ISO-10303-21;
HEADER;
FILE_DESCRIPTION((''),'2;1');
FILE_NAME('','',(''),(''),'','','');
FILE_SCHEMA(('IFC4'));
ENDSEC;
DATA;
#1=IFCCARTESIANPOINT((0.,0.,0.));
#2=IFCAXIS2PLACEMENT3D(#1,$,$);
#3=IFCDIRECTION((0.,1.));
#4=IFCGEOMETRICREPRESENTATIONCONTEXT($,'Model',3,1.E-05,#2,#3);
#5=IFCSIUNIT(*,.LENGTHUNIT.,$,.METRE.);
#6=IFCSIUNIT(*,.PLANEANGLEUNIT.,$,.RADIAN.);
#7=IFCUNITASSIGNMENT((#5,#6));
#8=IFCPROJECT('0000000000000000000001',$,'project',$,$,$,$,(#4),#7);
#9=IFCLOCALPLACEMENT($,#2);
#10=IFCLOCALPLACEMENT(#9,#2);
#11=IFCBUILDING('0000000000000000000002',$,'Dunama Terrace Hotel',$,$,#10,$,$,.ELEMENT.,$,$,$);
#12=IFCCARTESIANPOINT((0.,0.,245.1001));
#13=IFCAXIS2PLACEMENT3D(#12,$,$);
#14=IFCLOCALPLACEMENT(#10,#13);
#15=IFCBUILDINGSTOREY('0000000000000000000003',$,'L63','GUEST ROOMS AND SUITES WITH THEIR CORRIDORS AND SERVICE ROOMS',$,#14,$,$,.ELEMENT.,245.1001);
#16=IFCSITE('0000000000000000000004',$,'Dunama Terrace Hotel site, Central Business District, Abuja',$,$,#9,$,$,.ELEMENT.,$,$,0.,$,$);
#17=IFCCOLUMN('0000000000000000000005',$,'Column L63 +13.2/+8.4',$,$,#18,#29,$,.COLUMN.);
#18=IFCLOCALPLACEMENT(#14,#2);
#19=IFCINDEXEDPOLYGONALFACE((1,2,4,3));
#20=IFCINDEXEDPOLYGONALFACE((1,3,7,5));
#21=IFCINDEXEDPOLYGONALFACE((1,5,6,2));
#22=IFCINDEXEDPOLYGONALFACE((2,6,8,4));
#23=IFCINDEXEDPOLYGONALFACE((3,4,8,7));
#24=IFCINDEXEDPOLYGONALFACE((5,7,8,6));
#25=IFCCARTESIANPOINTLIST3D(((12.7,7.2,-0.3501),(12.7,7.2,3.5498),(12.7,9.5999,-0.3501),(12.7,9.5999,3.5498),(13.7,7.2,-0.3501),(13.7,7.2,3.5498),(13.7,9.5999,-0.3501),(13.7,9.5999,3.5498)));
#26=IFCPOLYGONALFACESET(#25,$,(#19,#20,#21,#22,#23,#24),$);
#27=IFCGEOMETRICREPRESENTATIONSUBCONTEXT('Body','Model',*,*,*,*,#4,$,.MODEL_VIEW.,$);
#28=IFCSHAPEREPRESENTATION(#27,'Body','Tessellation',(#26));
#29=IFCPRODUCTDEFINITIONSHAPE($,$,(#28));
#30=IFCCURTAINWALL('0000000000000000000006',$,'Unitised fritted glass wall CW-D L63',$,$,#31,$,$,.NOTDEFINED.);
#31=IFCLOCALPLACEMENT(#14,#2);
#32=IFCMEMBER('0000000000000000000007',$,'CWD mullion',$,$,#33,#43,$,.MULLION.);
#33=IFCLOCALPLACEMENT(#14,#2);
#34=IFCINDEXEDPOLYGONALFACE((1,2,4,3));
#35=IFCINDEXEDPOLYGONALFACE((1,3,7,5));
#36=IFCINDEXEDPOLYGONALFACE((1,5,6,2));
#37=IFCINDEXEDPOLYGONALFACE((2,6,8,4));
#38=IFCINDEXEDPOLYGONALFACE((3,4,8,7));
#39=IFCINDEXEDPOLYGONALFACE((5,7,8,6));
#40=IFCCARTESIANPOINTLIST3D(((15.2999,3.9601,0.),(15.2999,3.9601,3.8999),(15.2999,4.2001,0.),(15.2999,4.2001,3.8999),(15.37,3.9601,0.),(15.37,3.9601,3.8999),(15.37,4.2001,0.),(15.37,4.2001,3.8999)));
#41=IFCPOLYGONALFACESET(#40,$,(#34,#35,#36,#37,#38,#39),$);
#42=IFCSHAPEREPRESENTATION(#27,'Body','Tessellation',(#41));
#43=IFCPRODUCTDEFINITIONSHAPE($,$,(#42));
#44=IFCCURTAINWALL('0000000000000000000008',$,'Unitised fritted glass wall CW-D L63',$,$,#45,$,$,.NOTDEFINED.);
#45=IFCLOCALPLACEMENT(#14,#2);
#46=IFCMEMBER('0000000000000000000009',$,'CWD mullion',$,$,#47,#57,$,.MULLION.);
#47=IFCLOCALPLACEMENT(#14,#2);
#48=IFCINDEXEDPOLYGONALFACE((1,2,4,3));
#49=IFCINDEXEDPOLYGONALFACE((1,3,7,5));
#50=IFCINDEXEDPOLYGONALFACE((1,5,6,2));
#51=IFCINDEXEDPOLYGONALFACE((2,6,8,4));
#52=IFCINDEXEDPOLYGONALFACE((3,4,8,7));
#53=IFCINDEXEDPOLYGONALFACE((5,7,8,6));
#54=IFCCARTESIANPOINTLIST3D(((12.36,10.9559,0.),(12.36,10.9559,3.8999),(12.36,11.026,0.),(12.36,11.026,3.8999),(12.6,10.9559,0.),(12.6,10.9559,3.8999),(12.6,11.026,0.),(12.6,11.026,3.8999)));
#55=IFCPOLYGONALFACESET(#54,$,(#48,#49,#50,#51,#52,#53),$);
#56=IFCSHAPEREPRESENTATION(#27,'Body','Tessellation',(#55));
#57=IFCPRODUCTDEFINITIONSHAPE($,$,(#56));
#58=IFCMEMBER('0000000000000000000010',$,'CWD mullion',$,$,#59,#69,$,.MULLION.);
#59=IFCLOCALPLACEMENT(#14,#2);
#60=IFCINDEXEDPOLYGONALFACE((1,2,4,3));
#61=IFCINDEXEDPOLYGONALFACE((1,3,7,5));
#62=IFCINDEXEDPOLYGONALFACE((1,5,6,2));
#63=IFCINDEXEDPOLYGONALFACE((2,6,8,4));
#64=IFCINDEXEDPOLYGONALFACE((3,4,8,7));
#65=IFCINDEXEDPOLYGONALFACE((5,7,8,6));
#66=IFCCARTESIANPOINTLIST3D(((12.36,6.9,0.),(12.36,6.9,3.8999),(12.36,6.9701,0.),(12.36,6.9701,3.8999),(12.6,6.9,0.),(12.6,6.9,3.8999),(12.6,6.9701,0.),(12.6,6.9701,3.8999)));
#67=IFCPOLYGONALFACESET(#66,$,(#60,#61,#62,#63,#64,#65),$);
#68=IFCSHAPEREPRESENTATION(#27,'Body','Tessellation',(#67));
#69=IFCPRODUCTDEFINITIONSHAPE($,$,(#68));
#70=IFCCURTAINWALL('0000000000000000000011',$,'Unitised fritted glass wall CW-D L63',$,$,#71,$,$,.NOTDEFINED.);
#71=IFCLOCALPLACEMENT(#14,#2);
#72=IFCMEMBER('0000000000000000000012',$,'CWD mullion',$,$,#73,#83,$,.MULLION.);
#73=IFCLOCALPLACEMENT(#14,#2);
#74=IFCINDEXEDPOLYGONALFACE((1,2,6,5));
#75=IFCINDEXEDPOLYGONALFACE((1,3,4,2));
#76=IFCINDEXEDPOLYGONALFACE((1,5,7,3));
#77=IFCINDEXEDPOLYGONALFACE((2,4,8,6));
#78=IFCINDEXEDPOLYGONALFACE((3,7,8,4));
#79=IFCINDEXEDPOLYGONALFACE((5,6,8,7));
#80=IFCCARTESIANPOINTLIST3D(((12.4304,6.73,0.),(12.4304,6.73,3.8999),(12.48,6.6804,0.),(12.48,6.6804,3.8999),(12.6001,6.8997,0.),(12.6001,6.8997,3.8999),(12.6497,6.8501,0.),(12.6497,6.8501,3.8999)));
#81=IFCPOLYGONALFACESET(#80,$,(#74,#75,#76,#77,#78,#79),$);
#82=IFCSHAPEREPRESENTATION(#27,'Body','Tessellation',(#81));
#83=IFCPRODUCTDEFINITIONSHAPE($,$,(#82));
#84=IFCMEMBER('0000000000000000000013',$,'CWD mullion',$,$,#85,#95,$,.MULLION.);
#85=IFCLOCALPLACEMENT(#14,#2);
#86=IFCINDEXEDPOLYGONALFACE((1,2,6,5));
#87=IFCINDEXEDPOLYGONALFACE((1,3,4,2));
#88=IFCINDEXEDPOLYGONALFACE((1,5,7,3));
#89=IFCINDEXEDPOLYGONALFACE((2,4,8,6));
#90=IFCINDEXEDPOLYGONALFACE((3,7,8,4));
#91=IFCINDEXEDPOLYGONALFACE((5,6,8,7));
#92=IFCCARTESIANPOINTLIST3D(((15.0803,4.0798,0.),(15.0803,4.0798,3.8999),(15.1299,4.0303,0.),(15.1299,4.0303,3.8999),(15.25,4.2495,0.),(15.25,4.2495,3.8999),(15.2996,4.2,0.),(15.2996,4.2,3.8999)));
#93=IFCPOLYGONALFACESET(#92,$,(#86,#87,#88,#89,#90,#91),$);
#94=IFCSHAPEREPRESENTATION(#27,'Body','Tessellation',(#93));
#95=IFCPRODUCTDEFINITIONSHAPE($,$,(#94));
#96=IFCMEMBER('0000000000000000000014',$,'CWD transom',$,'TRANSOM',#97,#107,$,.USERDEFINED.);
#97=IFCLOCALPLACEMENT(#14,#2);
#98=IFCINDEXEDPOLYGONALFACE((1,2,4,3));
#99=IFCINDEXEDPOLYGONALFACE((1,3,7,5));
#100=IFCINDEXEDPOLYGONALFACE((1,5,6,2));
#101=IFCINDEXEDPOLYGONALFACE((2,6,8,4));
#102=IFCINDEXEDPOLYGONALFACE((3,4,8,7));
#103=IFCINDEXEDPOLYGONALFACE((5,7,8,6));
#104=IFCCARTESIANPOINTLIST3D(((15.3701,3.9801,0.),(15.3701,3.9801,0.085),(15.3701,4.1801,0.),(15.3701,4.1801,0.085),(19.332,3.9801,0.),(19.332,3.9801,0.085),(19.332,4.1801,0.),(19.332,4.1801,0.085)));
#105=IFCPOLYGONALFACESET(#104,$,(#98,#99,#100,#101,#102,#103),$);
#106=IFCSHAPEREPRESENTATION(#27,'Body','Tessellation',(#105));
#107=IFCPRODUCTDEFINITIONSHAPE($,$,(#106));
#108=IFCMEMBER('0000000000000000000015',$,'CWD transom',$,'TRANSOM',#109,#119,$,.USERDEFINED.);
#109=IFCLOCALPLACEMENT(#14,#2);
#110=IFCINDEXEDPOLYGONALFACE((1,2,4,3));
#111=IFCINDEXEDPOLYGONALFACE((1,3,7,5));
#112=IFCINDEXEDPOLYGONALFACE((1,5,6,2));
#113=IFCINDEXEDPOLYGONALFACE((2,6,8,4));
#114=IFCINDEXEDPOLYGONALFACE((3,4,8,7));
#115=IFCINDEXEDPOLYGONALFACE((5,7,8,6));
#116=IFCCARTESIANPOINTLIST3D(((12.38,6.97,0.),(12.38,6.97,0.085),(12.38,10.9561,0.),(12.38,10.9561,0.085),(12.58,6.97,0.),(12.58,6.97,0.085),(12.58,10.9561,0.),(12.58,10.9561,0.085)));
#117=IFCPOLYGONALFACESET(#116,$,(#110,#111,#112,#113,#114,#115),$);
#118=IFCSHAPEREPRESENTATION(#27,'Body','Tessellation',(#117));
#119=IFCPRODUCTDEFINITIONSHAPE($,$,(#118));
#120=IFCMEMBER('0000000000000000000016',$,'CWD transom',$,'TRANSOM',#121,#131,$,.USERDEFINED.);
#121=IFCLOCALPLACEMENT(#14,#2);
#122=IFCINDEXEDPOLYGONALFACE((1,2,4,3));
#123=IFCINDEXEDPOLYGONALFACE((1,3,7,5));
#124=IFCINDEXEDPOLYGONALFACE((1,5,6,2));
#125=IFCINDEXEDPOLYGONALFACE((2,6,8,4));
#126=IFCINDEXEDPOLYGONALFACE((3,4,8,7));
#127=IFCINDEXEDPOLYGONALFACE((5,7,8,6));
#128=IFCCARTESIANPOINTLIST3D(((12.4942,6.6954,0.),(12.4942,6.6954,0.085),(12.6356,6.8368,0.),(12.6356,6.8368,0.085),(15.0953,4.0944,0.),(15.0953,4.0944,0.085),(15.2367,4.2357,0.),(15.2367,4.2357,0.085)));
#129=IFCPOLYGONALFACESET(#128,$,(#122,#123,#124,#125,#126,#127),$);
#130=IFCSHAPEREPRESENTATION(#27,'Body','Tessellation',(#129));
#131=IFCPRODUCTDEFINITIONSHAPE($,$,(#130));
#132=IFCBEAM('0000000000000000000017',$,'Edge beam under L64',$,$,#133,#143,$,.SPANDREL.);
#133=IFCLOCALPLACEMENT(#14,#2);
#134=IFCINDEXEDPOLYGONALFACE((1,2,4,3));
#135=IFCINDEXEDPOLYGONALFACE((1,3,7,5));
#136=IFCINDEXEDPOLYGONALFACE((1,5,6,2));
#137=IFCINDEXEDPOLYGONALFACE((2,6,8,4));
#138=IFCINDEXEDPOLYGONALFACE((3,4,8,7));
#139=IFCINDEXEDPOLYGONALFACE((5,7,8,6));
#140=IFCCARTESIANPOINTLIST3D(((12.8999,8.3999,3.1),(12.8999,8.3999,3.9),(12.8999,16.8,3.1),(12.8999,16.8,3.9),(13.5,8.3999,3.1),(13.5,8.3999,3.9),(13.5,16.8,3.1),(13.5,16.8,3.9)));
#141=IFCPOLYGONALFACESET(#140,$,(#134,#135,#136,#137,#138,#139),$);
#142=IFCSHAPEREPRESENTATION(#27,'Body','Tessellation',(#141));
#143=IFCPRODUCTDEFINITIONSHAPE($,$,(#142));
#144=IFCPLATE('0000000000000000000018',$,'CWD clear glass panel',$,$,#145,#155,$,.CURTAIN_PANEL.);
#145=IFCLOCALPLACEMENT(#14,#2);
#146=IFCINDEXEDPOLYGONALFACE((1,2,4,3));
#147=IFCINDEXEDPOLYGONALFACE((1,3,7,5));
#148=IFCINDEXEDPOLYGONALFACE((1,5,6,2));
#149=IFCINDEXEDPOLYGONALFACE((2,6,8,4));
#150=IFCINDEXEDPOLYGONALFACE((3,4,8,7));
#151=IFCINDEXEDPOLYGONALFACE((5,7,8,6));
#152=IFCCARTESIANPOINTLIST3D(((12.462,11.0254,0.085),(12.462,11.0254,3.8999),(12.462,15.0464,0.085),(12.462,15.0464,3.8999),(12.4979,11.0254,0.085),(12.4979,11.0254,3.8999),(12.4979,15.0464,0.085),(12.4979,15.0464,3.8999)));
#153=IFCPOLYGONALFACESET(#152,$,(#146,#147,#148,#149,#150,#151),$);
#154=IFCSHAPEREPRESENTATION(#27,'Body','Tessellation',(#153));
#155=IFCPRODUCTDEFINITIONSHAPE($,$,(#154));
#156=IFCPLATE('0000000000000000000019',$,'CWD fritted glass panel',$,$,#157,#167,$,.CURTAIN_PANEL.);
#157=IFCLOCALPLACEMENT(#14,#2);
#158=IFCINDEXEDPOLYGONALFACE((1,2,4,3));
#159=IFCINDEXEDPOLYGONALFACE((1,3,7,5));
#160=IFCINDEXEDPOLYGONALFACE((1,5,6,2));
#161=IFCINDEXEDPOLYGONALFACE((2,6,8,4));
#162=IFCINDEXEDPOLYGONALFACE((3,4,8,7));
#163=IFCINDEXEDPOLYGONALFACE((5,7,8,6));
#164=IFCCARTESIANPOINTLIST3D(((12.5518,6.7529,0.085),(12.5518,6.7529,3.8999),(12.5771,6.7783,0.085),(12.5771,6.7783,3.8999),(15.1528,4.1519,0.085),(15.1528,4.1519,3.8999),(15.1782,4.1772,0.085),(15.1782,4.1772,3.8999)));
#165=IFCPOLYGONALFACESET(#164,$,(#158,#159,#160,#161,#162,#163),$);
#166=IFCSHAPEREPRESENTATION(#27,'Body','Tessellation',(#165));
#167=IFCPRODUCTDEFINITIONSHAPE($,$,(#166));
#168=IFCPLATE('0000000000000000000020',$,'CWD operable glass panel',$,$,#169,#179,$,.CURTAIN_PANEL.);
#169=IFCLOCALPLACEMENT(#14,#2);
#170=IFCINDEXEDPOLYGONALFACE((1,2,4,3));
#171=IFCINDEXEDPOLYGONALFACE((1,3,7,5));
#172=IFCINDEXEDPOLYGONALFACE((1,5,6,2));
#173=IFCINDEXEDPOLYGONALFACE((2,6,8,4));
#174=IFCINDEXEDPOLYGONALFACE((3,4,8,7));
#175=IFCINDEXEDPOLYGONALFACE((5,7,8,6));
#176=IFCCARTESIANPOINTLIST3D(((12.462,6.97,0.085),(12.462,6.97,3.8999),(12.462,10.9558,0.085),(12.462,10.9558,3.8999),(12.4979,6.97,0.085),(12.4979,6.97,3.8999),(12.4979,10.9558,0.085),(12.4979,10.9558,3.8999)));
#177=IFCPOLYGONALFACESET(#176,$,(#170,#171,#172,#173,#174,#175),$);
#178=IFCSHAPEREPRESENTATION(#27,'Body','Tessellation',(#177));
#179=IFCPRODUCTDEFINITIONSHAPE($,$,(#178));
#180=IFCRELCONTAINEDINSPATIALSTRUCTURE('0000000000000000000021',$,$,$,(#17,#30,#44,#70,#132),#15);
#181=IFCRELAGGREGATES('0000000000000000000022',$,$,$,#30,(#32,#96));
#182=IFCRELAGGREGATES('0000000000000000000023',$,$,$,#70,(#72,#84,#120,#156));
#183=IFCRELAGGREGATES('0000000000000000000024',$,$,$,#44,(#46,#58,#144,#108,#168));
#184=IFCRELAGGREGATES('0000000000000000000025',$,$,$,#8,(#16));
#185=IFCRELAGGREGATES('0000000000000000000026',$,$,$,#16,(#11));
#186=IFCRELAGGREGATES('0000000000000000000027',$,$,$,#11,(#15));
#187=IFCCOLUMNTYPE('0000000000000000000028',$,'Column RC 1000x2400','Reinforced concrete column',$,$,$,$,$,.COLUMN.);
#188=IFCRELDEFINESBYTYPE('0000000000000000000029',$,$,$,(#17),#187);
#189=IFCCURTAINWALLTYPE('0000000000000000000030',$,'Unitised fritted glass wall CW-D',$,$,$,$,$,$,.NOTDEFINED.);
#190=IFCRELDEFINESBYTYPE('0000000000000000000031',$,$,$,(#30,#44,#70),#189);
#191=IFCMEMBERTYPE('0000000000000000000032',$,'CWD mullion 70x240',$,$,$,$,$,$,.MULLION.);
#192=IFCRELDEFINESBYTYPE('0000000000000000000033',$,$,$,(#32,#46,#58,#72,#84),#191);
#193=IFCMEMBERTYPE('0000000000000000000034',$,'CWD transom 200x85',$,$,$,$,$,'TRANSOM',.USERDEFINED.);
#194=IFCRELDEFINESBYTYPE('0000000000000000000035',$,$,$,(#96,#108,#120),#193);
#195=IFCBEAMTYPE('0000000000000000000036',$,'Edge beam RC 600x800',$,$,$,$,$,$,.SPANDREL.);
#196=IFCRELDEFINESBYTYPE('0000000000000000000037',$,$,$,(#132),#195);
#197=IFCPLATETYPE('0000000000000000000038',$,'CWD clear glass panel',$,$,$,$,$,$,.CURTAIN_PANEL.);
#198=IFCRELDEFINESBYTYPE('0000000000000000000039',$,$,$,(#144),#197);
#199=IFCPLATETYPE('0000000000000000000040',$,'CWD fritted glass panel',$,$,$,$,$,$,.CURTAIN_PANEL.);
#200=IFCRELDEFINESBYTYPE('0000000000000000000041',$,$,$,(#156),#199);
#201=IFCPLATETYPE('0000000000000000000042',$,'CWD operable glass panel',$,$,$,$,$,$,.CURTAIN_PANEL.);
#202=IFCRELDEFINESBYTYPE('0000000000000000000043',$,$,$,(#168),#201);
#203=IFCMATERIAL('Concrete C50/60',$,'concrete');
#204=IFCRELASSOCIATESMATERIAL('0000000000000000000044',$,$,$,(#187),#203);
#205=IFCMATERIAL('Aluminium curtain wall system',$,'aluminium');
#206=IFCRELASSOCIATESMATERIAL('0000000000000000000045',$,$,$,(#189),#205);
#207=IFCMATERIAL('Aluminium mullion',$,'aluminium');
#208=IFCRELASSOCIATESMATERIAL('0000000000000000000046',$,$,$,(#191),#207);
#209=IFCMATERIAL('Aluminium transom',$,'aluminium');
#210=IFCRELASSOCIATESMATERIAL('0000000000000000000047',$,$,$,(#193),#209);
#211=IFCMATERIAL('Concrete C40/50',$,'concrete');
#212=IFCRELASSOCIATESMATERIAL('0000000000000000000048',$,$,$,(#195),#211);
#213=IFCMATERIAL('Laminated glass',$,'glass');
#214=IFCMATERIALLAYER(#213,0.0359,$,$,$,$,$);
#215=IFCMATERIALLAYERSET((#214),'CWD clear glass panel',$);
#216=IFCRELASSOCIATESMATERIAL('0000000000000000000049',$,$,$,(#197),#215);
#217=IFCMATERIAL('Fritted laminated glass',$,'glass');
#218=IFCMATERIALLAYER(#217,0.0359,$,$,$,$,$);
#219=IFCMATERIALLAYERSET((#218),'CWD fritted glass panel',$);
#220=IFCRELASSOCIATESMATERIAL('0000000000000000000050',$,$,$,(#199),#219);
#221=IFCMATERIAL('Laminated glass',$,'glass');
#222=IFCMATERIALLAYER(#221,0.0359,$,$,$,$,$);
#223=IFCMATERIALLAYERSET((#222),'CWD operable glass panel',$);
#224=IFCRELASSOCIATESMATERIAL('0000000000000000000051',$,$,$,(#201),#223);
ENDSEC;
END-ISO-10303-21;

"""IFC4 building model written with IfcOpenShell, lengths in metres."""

from ifc_helpers import new_model, si_unit, direction, frame, origin, origin_2d, place, context, subcontext, project, spatial, rectangle, extrude, material, layer, layer_set, material_profile, profile_set, type_object, element, aggregate, save


model = new_model("IFC4")

# Units and contexts
model_context = context("Model", 3, precision=1e-05, world=origin(), true_north=direction((0.0, 1.0)))
body_context = subcontext(model_context, "Body", "Model", "MODEL_VIEW")
ifc_project = project(units=[si_unit("LENGTHUNIT", "METRE"), si_unit("PLANEANGLEUNIT", "RADIAN")], contexts=[model_context])

# Site, building, storey
site_placement = place(None, origin())
site = spatial("IfcSite", under=ifc_project, at=site_placement, Name="Dunama Terrace Hotel site, Central Business District, Abuja", CompositionType="ELEMENT", RefElevation=0.0)
building_placement = place(site_placement, origin())
building = spatial("IfcBuilding", under=site, at=building_placement, Name="Dunama Terrace Hotel", CompositionType="ELEMENT")
storey_placement = place(building_placement, frame((0.0, 0.0, 245.1001)))
storey = spatial("IfcBuildingStorey", under=building, at=storey_placement, Name="L63", Description="GUEST ROOMS AND SUITES WITH THEIR CORRIDORS AND SERVICE ROOMS", CompositionType="ELEMENT", Elevation=245.1001)

# Column
ifc_material_1 = material(Name="Concrete C50/60", Category="concrete")
ifc_material_profile_1 = material_profile(ifc_material_1, rectangle(XDim=1.0, YDim=2.3999, at=origin_2d()), Name="RC 1000x2400")
ifc_profile_set_1 = profile_set([ifc_material_profile_1], Name="Concrete C50/60")
column_type = type_object("IfcColumnType", Name="Column RC 1000x2400", Description="Reinforced concrete column", PredefinedType="COLUMN", material=ifc_profile_set_1)
column_placement = place(storey_placement, frame((13.2, 8.3999, -0.3501), z_axis=(0.0, 0.0, 1.0), x_axis=(1.0, 0.0, 0.0)))
element("IfcColumn", 1, at=column_placement, inside=storey, type_object=column_type, Name="Column L63 +13.2/+8.4", PredefinedType="COLUMN", context=body_context, shape_type="SweptSolid", body=[
    extrude(rectangle(XDim=1.0, YDim=2.3999, at=origin_2d()), origin(), (0.0, 0.0, 1.0), 3.8999),
])

# Curtain wall, member
ifc_material_2 = material(Name="Aluminium curtain wall system", Category="aluminium")
curtain_wall_type = type_object("IfcCurtainWallType", Name="Unitised fritted glass wall CW-D", PredefinedType="NOTDEFINED", material=ifc_material_2)
curtain_wall_1_placement = place(storey_placement, origin())
curtain_wall_1 = element("IfcCurtainWall", 2, at=curtain_wall_1_placement, inside=storey, type_object=curtain_wall_type, Name="Unitised fritted glass wall CW-D L63", PredefinedType="NOTDEFINED")
ifc_material_3 = material(Name="Aluminium mullion", Category="aluminium")
ifc_material_profile_2 = material_profile(ifc_material_3, rectangle(XDim=0.0701, YDim=0.24, at=origin_2d()), Name="CWD MULLION 70X240")
ifc_profile_set_2 = profile_set([ifc_material_profile_2], Name="Aluminium mullion")
member_type_1 = type_object("IfcMemberType", Name="CWD mullion 70x240", PredefinedType="MULLION", material=ifc_profile_set_2)
member_1_placement = place(storey_placement, frame((15.335, 4.0801, 0.0), z_axis=(0.0, 0.0, 1.0), x_axis=(1.0, 0.0, 0.0)))
member_1 = element("IfcMember", 3, at=member_1_placement, type_object=member_type_1, Name="CWD mullion", PredefinedType="MULLION", context=body_context, shape_type="SweptSolid", body=[
    extrude(rectangle(XDim=0.0701, YDim=0.24, at=origin_2d()), origin(), (0.0, 0.0, 1.0), 3.8999),
])

# Curtain walls, members
curtain_wall_2_placement = place(storey_placement, origin())
curtain_wall_2 = element("IfcCurtainWall", 4, at=curtain_wall_2_placement, inside=storey, type_object=curtain_wall_type, Name="Unitised fritted glass wall CW-D L63", PredefinedType="NOTDEFINED")
member_2_placement = place(storey_placement, frame((12.48, 10.991, 0.0), z_axis=(0.0, 0.0, 1.0), x_axis=(0.0, -1.0, 0.0)))
member_2 = element("IfcMember", 5, at=member_2_placement, type_object=member_type_1, Name="CWD mullion", PredefinedType="MULLION", context=body_context, shape_type="SweptSolid", body=[
    extrude(rectangle(XDim=0.0701, YDim=0.24, at=origin_2d()), origin(), (0.0, 0.0, 1.0), 3.8999),
])
member_3_placement = place(storey_placement, frame((12.48, 6.9351, 0.0), z_axis=(0.0, 0.0, 1.0), x_axis=(0.0, -1.0, 0.0)))
member_3 = element("IfcMember", 6, at=member_3_placement, type_object=member_type_1, Name="CWD mullion", PredefinedType="MULLION", context=body_context, shape_type="SweptSolid", body=[
    extrude(rectangle(XDim=0.0701, YDim=0.24, at=origin_2d()), origin(), (0.0, 0.0, 1.0), 3.8999),
])
curtain_wall_3_placement = place(storey_placement, origin())
curtain_wall_3 = element("IfcCurtainWall", 7, at=curtain_wall_3_placement, inside=storey, type_object=curtain_wall_type, Name="Unitised fritted glass wall CW-D L63", PredefinedType="NOTDEFINED")
member_4_placement = place(storey_placement, frame((12.54, 6.79, 0.0), z_axis=(0.0, 0.0, 1.0), x_axis=(0.707107, -0.707107, 0.0)))
member_4 = element("IfcMember", 8, at=member_4_placement, type_object=member_type_1, Name="CWD mullion", PredefinedType="MULLION", context=body_context, shape_type="SweptSolid", body=[
    extrude(rectangle(XDim=0.0701, YDim=0.24, at=origin_2d()), origin(), (0.0, 0.0, 1.0), 3.8999),
])
member_5_placement = place(storey_placement, frame((15.1899, 4.1399, 0.0), z_axis=(0.0, 0.0, 1.0), x_axis=(0.707107, -0.707107, 0.0)))
member_5 = element("IfcMember", 9, at=member_5_placement, type_object=member_type_1, Name="CWD mullion", PredefinedType="MULLION", context=body_context, shape_type="SweptSolid", body=[
    extrude(rectangle(XDim=0.0701, YDim=0.24, at=origin_2d()), origin(), (0.0, 0.0, 1.0), 3.8999),
])

# Members
ifc_material_4 = material(Name="Aluminium transom", Category="aluminium")
ifc_material_profile_3 = material_profile(ifc_material_4, rectangle(XDim=0.2, YDim=0.085, at=origin_2d()), Name="CWD TRANSOM 200X85")
ifc_profile_set_3 = profile_set([ifc_material_profile_3], Name="Aluminium transom")
member_type_2 = type_object("IfcMemberType", Name="CWD transom 200x85", ElementType="TRANSOM", PredefinedType="USERDEFINED", material=ifc_profile_set_3)
member_6_placement = place(storey_placement, frame((15.3701, 4.0801, 0.0425), z_axis=(1.0, 0.0, 0.0), x_axis=(0.0, 1.0, 0.0)))
member_6 = element("IfcMember", 10, at=member_6_placement, type_object=member_type_2, Name="CWD transom", ObjectType="TRANSOM", PredefinedType="USERDEFINED", context=body_context, shape_type="SweptSolid", body=[
    extrude(rectangle(XDim=0.2, YDim=0.085, at=origin_2d()), origin(), (0.0, 0.0, 1.0), 3.9619),
])
aggregate(curtain_wall_1, [member_1, member_6])
member_7_placement = place(storey_placement, frame((12.48, 10.9561, 0.0425), z_axis=(0.0, -1.0, 0.0), x_axis=(1.0, 0.0, 0.0)))
member_7 = element("IfcMember", 11, at=member_7_placement, type_object=member_type_2, Name="CWD transom", ObjectType="TRANSOM", PredefinedType="USERDEFINED", context=body_context, shape_type="SweptSolid", body=[
    extrude(rectangle(XDim=0.2, YDim=0.085, at=origin_2d()), origin(), (0.0, 0.0, 1.0), 3.9861),
])
member_8_placement = place(storey_placement, frame((12.5649, 6.7661, 0.0425), z_axis=(0.707107, -0.707107, 0.0), x_axis=(0.707107, 0.707107, 0.0)))
member_8 = element("IfcMember", 12, at=member_8_placement, type_object=member_type_2, Name="CWD transom", ObjectType="TRANSOM", PredefinedType="USERDEFINED", context=body_context, shape_type="SweptSolid", body=[
    extrude(rectangle(XDim=0.2, YDim=0.085, at=origin_2d()), origin(), (0.0, 0.0, 1.0), 3.6785),
])

# Beam
ifc_material_5 = material(Name="Concrete C40/50", Category="concrete")
ifc_material_profile_4 = material_profile(ifc_material_5, rectangle(XDim=0.6001, YDim=0.8, at=origin_2d()), Name="RC 600x800")
ifc_profile_set_4 = profile_set([ifc_material_profile_4], Name="Concrete C40/50")
beam_type = type_object("IfcBeamType", Name="Edge beam RC 600x800", PredefinedType="SPANDREL", material=ifc_profile_set_4)
beam_placement = place(storey_placement, frame((13.2, 8.3999, 3.5), z_axis=(0.0, 1.0, 0.0), x_axis=(-1.0, 0.0, 0.0)))
element("IfcBeam", 13, at=beam_placement, inside=storey, type_object=beam_type, Name="Edge beam under L64", PredefinedType="SPANDREL", context=body_context, shape_type="SweptSolid", body=[
    extrude(rectangle(XDim=0.6001, YDim=0.8, at=origin_2d()), origin(), (0.0, 0.0, 1.0), 8.4001),
])

# Plates
ifc_material_6 = material(Name="Laminated glass", Category="glass")
ifc_layer_1 = layer(ifc_material_6, 0.0359)
ifc_layer_set_1 = layer_set([ifc_layer_1], Name="CWD clear glass panel")
plate_type_1 = type_object("IfcPlateType", Name="CWD clear glass panel", PredefinedType="CURTAIN_PANEL", material=ifc_layer_set_1)
plate_1_placement = place(storey_placement, frame((12.48, 13.0359, 0.085), z_axis=(0.0, 0.0, 1.0), x_axis=(0.0, -1.0, 0.0)))
plate_1 = element("IfcPlate", 14, at=plate_1_placement, type_object=plate_type_1, Name="CWD clear glass panel", PredefinedType="CURTAIN_PANEL", context=body_context, shape_type="SweptSolid", body=[
    extrude(rectangle(XDim=4.021, YDim=0.0359, at=origin_2d()), origin(), (0.0, 0.0, 1.0), 3.8149),
])
ifc_material_7 = material(Name="Fritted laminated glass", Category="glass")
ifc_layer_2 = layer(ifc_material_7, 0.0359)
ifc_layer_set_2 = layer_set([ifc_layer_2], Name="CWD fritted glass panel")
plate_type_2 = type_object("IfcPlateType", Name="CWD fritted glass panel", PredefinedType="CURTAIN_PANEL", material=ifc_layer_set_2)
plate_2_placement = place(storey_placement, frame((13.865, 5.4651, 0.085), z_axis=(0.0, 0.0, 1.0), x_axis=(0.707107, -0.707107, 0.0)))
plate_2 = element("IfcPlate", 15, at=plate_2_placement, type_object=plate_type_2, Name="CWD fritted glass panel", PredefinedType="CURTAIN_PANEL", context=body_context, shape_type="SweptSolid", body=[
    extrude(rectangle(XDim=3.6785, YDim=0.0359, at=origin_2d()), origin(), (0.0, 0.0, 1.0), 3.8149),
])
aggregate(curtain_wall_3, [member_4, member_5, member_8, plate_2])
ifc_material_8 = material(Name="Laminated glass", Category="glass")
ifc_layer_3 = layer(ifc_material_8, 0.0359)
ifc_layer_set_3 = layer_set([ifc_layer_3], Name="CWD operable glass panel")
plate_type_3 = type_object("IfcPlateType", Name="CWD operable glass panel", PredefinedType="CURTAIN_PANEL", material=ifc_layer_set_3)
plate_3_placement = place(storey_placement, frame((12.48, 8.9629, 0.085), z_axis=(0.0, 0.0, 1.0), x_axis=(0.0, -1.0, 0.0)))
plate_3 = element("IfcPlate", 16, at=plate_3_placement, type_object=plate_type_3, Name="CWD operable glass panel", PredefinedType="CURTAIN_PANEL", context=body_context, shape_type="SweptSolid", body=[
    extrude(rectangle(XDim=3.9858, YDim=0.0359, at=origin_2d()), origin(), (0.0, 0.0, 1.0), 3.8149),
])
aggregate(curtain_wall_2, [member_2, member_3, plate_1, member_7, plate_3])

save(model, "model.ifc")
